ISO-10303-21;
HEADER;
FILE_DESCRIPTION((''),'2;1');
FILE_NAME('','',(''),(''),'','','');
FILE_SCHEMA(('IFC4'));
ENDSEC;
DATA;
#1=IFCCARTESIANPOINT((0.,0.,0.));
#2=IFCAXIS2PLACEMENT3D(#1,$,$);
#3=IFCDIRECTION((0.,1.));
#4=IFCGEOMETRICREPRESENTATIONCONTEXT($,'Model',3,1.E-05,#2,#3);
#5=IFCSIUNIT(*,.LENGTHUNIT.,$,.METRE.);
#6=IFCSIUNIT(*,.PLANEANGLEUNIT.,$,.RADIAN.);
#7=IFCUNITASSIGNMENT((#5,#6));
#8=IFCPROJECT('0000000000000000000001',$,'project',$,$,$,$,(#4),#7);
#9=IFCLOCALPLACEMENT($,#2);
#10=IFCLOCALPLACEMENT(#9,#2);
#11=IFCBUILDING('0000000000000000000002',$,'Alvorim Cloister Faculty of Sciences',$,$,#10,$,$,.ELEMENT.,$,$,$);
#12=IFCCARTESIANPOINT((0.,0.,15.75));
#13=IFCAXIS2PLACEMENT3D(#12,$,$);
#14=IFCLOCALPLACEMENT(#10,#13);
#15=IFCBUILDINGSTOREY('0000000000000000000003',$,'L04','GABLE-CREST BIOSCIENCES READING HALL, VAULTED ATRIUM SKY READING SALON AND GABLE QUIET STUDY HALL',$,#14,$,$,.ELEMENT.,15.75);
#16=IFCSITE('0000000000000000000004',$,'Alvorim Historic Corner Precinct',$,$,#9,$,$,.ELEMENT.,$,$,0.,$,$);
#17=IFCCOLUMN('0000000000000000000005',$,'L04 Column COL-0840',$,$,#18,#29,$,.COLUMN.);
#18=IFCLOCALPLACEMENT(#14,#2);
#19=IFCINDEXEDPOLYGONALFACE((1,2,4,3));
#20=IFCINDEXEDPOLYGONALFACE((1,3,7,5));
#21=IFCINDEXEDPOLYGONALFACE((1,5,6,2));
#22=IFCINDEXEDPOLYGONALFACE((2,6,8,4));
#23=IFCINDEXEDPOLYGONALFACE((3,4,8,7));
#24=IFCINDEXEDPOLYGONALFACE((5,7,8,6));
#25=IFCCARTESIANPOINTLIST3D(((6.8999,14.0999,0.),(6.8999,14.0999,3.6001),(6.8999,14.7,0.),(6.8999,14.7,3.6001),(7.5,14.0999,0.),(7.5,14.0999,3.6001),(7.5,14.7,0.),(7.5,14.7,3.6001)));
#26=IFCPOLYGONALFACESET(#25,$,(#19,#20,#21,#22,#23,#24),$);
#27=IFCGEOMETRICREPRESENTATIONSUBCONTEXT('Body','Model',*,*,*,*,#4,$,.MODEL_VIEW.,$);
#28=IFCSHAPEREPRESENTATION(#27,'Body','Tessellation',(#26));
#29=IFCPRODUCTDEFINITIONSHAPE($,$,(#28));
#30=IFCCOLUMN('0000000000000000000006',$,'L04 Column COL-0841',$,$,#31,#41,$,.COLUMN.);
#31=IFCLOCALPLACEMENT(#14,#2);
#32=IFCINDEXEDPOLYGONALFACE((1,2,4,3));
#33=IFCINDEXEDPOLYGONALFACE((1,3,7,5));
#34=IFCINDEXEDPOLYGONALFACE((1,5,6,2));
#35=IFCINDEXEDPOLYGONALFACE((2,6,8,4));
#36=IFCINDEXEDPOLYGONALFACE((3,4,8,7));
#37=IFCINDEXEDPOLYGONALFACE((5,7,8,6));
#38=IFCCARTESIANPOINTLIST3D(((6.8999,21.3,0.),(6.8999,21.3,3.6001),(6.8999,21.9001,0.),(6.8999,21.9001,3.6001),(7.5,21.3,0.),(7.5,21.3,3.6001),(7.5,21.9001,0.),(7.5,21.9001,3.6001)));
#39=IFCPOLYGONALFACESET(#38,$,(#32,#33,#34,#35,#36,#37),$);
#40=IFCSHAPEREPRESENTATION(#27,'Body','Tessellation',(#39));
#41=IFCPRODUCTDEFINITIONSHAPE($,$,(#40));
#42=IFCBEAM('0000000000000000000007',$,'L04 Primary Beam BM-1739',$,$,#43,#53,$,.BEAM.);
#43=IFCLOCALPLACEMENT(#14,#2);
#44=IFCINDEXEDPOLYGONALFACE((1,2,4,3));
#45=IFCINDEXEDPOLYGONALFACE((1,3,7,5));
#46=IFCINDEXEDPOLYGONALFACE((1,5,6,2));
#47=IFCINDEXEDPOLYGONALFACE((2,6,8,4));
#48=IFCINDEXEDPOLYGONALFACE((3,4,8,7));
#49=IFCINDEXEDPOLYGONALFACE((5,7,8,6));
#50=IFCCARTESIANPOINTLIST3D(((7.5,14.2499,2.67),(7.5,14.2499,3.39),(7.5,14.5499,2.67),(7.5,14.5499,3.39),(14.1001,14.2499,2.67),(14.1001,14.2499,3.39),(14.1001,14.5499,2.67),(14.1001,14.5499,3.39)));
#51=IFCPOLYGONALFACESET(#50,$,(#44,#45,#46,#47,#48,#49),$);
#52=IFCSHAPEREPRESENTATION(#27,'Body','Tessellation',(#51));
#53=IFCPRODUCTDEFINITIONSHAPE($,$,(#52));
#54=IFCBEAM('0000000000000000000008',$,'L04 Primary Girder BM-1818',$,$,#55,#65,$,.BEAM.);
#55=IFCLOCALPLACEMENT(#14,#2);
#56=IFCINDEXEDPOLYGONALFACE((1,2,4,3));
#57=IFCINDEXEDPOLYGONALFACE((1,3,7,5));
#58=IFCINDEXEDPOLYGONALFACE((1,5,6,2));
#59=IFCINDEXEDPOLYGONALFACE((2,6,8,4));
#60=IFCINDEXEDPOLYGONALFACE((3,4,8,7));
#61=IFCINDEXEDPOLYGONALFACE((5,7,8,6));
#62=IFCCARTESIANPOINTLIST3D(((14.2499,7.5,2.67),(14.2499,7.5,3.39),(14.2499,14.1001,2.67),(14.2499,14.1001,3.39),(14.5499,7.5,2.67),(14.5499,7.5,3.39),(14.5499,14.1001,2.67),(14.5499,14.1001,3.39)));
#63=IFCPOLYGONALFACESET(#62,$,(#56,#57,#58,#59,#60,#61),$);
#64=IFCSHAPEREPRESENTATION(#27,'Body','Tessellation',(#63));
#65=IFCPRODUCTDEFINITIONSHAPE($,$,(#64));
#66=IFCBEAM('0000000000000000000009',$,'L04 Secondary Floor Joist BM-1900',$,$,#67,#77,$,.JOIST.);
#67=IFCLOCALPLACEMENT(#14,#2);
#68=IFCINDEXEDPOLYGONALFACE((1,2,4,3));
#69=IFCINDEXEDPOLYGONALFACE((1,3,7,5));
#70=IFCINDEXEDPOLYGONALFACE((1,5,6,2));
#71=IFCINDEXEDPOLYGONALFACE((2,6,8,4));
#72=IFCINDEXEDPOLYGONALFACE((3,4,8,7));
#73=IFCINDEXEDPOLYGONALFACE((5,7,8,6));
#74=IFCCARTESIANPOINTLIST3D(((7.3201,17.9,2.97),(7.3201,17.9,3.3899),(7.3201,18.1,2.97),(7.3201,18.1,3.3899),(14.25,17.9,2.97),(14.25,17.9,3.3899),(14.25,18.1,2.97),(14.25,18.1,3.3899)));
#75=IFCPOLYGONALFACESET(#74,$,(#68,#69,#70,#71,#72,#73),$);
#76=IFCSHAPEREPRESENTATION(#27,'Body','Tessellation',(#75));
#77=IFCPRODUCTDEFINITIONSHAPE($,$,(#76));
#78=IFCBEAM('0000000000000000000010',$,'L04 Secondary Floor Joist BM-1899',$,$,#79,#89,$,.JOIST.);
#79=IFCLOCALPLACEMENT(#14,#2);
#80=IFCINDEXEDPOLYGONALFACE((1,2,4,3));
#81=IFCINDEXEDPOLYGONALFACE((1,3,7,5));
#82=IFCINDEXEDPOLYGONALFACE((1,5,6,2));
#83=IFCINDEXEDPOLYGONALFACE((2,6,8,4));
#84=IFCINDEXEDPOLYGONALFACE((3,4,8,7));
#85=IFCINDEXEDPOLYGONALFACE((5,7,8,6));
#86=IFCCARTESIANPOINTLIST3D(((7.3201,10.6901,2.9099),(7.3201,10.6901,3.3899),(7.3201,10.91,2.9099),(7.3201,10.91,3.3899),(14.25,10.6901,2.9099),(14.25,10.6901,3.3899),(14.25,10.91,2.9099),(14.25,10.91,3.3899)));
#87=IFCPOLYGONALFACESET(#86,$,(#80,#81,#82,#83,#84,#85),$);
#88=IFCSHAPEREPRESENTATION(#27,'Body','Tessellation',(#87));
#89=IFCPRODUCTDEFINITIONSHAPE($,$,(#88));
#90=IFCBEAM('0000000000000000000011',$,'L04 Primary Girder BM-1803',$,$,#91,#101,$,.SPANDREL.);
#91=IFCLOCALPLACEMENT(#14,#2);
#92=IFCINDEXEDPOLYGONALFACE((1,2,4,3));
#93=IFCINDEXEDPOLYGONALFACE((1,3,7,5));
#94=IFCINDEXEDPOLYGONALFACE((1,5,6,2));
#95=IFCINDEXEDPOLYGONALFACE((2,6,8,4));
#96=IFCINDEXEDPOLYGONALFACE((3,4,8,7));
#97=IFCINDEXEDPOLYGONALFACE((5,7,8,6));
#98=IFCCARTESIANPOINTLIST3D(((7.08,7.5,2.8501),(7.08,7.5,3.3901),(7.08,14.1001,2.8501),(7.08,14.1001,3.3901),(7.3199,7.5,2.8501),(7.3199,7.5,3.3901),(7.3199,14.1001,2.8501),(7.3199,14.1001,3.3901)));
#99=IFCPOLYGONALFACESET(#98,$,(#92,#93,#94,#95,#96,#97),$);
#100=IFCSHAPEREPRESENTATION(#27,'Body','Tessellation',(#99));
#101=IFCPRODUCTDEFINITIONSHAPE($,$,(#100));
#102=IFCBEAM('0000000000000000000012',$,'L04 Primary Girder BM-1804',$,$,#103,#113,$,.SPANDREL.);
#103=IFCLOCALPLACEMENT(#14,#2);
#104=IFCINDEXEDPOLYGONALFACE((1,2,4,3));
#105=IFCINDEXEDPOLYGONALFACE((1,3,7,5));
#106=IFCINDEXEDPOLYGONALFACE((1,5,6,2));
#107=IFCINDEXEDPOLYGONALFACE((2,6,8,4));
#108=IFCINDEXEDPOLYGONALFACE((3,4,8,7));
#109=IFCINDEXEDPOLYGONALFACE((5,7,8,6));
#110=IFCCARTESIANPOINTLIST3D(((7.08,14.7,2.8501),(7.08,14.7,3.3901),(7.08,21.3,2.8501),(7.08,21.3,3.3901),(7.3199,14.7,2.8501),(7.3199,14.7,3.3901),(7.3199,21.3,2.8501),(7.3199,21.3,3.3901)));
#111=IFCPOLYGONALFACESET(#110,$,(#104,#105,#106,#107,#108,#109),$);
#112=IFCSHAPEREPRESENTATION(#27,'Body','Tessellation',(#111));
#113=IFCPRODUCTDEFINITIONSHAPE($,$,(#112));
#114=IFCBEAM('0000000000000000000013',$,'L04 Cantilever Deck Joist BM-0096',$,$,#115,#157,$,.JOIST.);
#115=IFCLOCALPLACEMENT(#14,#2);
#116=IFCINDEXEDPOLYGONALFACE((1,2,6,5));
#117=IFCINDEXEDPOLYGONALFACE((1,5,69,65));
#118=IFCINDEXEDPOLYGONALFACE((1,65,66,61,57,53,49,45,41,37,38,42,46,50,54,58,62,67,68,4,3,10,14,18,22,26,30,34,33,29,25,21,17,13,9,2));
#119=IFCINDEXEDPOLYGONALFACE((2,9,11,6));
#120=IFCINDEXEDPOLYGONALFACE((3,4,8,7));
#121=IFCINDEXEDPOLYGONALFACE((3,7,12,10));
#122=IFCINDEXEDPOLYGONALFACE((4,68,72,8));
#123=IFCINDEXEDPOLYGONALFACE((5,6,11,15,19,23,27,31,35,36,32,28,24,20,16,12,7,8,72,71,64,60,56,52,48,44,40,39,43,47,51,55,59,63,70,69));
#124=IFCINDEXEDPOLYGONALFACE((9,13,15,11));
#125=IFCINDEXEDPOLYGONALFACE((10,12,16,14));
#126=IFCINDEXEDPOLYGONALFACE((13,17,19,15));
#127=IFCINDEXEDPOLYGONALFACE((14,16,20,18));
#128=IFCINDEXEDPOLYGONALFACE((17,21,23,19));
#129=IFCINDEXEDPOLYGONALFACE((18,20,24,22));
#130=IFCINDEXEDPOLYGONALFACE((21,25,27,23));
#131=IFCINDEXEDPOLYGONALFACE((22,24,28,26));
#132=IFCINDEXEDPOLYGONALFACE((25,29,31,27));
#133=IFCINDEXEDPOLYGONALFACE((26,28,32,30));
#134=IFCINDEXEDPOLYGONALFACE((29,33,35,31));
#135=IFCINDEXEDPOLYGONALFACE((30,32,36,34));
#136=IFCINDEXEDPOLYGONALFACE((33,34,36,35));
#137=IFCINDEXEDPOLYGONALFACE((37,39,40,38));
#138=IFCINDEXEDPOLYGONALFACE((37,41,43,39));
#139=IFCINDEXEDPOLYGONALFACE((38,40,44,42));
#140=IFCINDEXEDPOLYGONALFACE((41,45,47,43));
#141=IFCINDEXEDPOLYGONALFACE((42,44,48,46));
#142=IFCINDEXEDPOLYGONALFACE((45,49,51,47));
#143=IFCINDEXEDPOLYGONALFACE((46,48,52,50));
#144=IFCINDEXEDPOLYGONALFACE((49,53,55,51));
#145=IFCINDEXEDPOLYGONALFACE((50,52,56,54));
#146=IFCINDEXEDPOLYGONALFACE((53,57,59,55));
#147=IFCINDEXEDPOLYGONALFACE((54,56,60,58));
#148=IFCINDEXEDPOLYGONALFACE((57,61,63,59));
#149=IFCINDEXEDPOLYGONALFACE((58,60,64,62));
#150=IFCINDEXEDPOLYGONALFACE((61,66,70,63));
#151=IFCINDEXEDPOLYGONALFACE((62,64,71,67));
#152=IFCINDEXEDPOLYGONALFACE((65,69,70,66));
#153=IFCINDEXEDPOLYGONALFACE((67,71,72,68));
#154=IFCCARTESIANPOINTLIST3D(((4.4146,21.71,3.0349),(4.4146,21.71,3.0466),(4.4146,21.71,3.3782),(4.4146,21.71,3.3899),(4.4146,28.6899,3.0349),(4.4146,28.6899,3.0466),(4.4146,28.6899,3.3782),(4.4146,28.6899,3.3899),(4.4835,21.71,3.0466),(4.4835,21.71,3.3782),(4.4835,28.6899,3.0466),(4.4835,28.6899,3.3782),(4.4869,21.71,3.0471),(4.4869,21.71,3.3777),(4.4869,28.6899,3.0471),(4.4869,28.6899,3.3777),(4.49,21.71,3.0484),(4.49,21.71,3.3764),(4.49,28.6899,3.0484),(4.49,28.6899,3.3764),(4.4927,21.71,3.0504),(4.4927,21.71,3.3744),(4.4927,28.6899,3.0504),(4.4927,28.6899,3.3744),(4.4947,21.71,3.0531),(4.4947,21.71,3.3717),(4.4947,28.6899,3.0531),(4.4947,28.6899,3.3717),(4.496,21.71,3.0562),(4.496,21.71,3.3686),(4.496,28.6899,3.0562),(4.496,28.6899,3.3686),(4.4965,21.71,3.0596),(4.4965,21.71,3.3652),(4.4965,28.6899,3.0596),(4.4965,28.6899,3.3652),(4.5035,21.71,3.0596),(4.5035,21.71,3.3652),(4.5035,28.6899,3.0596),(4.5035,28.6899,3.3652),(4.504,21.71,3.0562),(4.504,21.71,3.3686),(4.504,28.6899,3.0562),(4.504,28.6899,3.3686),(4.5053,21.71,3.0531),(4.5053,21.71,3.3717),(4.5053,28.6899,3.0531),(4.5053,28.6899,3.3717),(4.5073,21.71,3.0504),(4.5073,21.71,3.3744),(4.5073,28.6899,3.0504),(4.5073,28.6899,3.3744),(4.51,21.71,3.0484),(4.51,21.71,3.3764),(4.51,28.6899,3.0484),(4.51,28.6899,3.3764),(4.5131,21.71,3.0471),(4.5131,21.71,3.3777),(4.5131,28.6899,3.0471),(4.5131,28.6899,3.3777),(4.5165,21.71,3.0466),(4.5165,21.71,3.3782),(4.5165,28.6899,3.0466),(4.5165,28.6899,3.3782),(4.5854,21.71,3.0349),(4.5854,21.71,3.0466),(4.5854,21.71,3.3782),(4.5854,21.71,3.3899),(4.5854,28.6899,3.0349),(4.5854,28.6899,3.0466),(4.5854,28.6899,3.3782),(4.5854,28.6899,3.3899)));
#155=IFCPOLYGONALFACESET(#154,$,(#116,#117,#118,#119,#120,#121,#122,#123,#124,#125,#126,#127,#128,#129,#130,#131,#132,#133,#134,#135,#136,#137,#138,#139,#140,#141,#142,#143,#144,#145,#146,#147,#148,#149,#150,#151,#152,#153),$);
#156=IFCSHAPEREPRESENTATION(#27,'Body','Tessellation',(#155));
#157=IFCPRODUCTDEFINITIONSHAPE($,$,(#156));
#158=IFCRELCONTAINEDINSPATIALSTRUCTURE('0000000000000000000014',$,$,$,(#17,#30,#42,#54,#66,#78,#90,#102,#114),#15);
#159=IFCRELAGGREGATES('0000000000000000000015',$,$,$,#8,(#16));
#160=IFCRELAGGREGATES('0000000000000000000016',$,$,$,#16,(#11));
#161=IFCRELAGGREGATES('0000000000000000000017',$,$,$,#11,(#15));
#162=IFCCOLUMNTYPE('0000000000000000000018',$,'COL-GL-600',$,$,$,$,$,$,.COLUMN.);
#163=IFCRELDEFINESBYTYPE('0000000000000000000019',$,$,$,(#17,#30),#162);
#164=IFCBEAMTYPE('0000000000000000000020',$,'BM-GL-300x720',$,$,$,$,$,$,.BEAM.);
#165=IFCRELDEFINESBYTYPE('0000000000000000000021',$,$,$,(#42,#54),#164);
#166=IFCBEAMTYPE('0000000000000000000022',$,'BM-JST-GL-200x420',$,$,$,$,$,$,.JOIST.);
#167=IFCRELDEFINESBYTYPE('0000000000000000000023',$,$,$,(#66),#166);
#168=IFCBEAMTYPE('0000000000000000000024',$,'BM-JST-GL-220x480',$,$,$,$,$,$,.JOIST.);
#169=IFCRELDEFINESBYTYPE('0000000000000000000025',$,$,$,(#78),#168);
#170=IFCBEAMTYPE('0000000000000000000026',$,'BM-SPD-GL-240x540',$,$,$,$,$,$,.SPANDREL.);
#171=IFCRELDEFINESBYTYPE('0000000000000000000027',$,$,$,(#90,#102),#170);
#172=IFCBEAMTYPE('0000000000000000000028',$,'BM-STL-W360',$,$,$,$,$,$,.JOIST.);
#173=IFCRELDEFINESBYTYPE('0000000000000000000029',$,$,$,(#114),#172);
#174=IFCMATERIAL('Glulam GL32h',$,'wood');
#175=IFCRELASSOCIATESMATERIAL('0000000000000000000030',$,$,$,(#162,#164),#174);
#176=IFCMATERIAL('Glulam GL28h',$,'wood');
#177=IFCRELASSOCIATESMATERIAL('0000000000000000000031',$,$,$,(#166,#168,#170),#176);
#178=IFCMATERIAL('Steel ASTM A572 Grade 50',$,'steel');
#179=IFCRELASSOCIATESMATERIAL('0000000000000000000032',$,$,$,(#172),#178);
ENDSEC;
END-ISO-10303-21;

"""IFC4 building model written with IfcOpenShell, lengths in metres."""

from ifc_helpers import new_model, si_unit, direction, frame, origin, origin_2d, place, context, subcontext, project, spatial, rectangle, i_section, extrude, material, material_profile, profile_set, type_object, element, save


model = new_model("IFC4")

# Units and contexts
model_context = context("Model", 3, precision=1e-05, world=origin(), true_north=direction((0.0, 1.0)))
body_context = subcontext(model_context, "Body", "Model", "MODEL_VIEW")
ifc_project = project(units=[si_unit("LENGTHUNIT", "METRE"), si_unit("PLANEANGLEUNIT", "RADIAN")], contexts=[model_context])

# Site, building, storey
site_placement = place(None, origin())
site = spatial("IfcSite", under=ifc_project, at=site_placement, Name="Alvorim Historic Corner Precinct", CompositionType="ELEMENT", RefElevation=0.0)
building_placement = place(site_placement, origin())
building = spatial("IfcBuilding", under=site, at=building_placement, Name="Alvorim Cloister Faculty of Sciences", CompositionType="ELEMENT")
storey_placement = place(building_placement, frame((0.0, 0.0, 15.75)))
storey = spatial("IfcBuildingStorey", under=building, at=storey_placement, Name="L04", Description="GABLE-CREST BIOSCIENCES READING HALL, VAULTED ATRIUM SKY READING SALON AND GABLE QUIET STUDY HALL", CompositionType="ELEMENT", Elevation=15.75)

# Columns
ifc_material_1 = material(Name="Glulam GL32h", Category="wood")
ifc_material_profile_1 = material_profile(ifc_material_1, rectangle(XDim=0.6001, YDim=0.6001, at=origin_2d()), Name="GL32-COL-600x600")
ifc_profile_set_1 = profile_set([ifc_material_profile_1], Name="Glulam GL32h")
column_type = type_object("IfcColumnType", Name="COL-GL-600", PredefinedType="COLUMN", material=ifc_profile_set_1)
for number, where, z_axis, x_axis, name in (
    (1, (7.2, 14.3999, 0.0), (0.0, 0.0, 1.0), (1.0, 0.0, 0.0), "L04 Column COL-0840"),
    (2, (7.2, 21.6001, 0.0), (0.0, 0.0, 1.0), (1.0, 0.0, 0.0), "L04 Column COL-0841"),
):
    element("IfcColumn", number, at=place(storey_placement, frame(where, z_axis=z_axis, x_axis=x_axis)), inside=storey, type_object=column_type, Name=name, PredefinedType="COLUMN", context=body_context, shape_type="SweptSolid", body=[
        extrude(rectangle(XDim=0.6001, YDim=0.6001, at=origin_2d()), origin(), (0.0, 0.0, 1.0), 3.6001),
    ])

# Beams
ifc_material_profile_2 = material_profile(ifc_material_1, rectangle(XDim=0.3, YDim=0.72, at=origin_2d()), Name="GL32-BM-300x720")
ifc_profile_set_2 = profile_set([ifc_material_profile_2], Name="Glulam GL32h")
beam_type_1 = type_object("IfcBeamType", Name="BM-GL-300x720", PredefinedType="BEAM", material=ifc_profile_set_2)
for number, where, z_axis, x_axis, name in (
    (3, (7.5, 14.3999, 3.03), (1.0, 0.0, 0.0), (0.0, 1.0, 0.0), "L04 Primary Beam BM-1739"),
    (4, (14.3999, 7.5, 3.03), (0.0, 1.0, 0.0), (-1.0, 0.0, 0.0), "L04 Primary Girder BM-1818"),
):
    element("IfcBeam", number, at=place(storey_placement, frame(where, z_axis=z_axis, x_axis=x_axis)), inside=storey, type_object=beam_type_1, Name=name, PredefinedType="BEAM", context=body_context, shape_type="SweptSolid", body=[
        extrude(rectangle(XDim=0.3, YDim=0.72, at=origin_2d()), origin(), (0.0, 0.0, 1.0), 6.6001),
    ])
ifc_material_2 = material(Name="Glulam GL28h", Category="wood")
ifc_material_profile_3 = material_profile(ifc_material_2, rectangle(XDim=0.2, YDim=0.4199, at=origin_2d()), Name="GL28-JST-200x420")
ifc_profile_set_3 = profile_set([ifc_material_profile_3], Name="Glulam GL28h")
beam_type_2 = type_object("IfcBeamType", Name="BM-JST-GL-200x420", PredefinedType="JOIST", material=ifc_profile_set_3)
beam_1_placement = place(storey_placement, frame((7.3201, 18.0, 3.1799), z_axis=(1.0, 0.0, 0.0), x_axis=(0.0, 1.0, 0.0)))
element("IfcBeam", 5, at=beam_1_placement, inside=storey, type_object=beam_type_2, Name="L04 Secondary Floor Joist BM-1900", PredefinedType="JOIST", context=body_context, shape_type="SweptSolid", body=[
    extrude(rectangle(XDim=0.2, YDim=0.4199, at=origin_2d()), origin(), (0.0, 0.0, 1.0), 6.9299),
])
ifc_material_profile_4 = material_profile(ifc_material_2, rectangle(XDim=0.22, YDim=0.48, at=origin_2d()), Name="GL28-JST-220x480")
ifc_profile_set_4 = profile_set([ifc_material_profile_4], Name="Glulam GL28h")
beam_type_3 = type_object("IfcBeamType", Name="BM-JST-GL-220x480", PredefinedType="JOIST", material=ifc_profile_set_4)
beam_2_placement = place(storey_placement, frame((7.3201, 10.8, 3.1499), z_axis=(1.0, 0.0, 0.0), x_axis=(0.0, 1.0, 0.0)))
element("IfcBeam", 6, at=beam_2_placement, inside=storey, type_object=beam_type_3, Name="L04 Secondary Floor Joist BM-1899", PredefinedType="JOIST", context=body_context, shape_type="SweptSolid", body=[
    extrude(rectangle(XDim=0.22, YDim=0.48, at=origin_2d()), origin(), (0.0, 0.0, 1.0), 6.9299),
])
ifc_material_profile_5 = material_profile(ifc_material_2, rectangle(XDim=0.24, YDim=0.54, at=origin_2d()), Name="GL28-SPD-240x540")
ifc_profile_set_5 = profile_set([ifc_material_profile_5], Name="Glulam GL28h")
beam_type_4 = type_object("IfcBeamType", Name="BM-SPD-GL-240x540", PredefinedType="SPANDREL", material=ifc_profile_set_5)
for number, where, z_axis, x_axis, name in (
    (7, (7.2, 7.5, 3.1201), (0.0, 1.0, 0.0), (-1.0, 0.0, 0.0), "L04 Primary Girder BM-1803"),
    (8, (7.2, 14.7, 3.1201), (0.0, 1.0, 0.0), (-1.0, 0.0, 0.0), "L04 Primary Girder BM-1804"),
):
    element("IfcBeam", number, at=place(storey_placement, frame(where, z_axis=z_axis, x_axis=x_axis)), inside=storey, type_object=beam_type_4, Name=name, PredefinedType="SPANDREL", context=body_context, shape_type="SweptSolid", body=[
        extrude(rectangle(XDim=0.24, YDim=0.54, at=origin_2d()), origin(), (0.0, 0.0, 1.0), 6.6001),
    ])
ifc_material_3 = material(Name="Steel ASTM A572 Grade 50", Category="steel")
ifc_material_profile_6 = material_profile(ifc_material_3, i_section(OverallWidth=0.1709, OverallDepth=0.355, WebThickness=0.0071, FlangeThickness=0.0117, FilletRadius=0.0129, at=origin_2d()), Name="W360x51.0")
ifc_profile_set_6 = profile_set([ifc_material_profile_6], Name="Steel ASTM A572 Grade 50")
beam_type_5 = type_object("IfcBeamType", Name="BM-STL-W360", PredefinedType="JOIST", material=ifc_profile_set_6)
beam_3_placement = place(storey_placement, frame((4.5, 21.71, 3.2124), z_axis=(0.0, 1.0, 0.0), x_axis=(-1.0, 0.0, 0.0)))
element("IfcBeam", 9, at=beam_3_placement, inside=storey, type_object=beam_type_5, Name="L04 Cantilever Deck Joist BM-0096", PredefinedType="JOIST", context=body_context, shape_type="SweptSolid", body=[
    extrude(i_section(OverallWidth=0.1709, OverallDepth=0.355, WebThickness=0.0071, FlangeThickness=0.0117, FilletRadius=0.0129, at=origin_2d()), origin(), (0.0, 0.0, 1.0), 6.98),
])

save(model, "model.ifc")
